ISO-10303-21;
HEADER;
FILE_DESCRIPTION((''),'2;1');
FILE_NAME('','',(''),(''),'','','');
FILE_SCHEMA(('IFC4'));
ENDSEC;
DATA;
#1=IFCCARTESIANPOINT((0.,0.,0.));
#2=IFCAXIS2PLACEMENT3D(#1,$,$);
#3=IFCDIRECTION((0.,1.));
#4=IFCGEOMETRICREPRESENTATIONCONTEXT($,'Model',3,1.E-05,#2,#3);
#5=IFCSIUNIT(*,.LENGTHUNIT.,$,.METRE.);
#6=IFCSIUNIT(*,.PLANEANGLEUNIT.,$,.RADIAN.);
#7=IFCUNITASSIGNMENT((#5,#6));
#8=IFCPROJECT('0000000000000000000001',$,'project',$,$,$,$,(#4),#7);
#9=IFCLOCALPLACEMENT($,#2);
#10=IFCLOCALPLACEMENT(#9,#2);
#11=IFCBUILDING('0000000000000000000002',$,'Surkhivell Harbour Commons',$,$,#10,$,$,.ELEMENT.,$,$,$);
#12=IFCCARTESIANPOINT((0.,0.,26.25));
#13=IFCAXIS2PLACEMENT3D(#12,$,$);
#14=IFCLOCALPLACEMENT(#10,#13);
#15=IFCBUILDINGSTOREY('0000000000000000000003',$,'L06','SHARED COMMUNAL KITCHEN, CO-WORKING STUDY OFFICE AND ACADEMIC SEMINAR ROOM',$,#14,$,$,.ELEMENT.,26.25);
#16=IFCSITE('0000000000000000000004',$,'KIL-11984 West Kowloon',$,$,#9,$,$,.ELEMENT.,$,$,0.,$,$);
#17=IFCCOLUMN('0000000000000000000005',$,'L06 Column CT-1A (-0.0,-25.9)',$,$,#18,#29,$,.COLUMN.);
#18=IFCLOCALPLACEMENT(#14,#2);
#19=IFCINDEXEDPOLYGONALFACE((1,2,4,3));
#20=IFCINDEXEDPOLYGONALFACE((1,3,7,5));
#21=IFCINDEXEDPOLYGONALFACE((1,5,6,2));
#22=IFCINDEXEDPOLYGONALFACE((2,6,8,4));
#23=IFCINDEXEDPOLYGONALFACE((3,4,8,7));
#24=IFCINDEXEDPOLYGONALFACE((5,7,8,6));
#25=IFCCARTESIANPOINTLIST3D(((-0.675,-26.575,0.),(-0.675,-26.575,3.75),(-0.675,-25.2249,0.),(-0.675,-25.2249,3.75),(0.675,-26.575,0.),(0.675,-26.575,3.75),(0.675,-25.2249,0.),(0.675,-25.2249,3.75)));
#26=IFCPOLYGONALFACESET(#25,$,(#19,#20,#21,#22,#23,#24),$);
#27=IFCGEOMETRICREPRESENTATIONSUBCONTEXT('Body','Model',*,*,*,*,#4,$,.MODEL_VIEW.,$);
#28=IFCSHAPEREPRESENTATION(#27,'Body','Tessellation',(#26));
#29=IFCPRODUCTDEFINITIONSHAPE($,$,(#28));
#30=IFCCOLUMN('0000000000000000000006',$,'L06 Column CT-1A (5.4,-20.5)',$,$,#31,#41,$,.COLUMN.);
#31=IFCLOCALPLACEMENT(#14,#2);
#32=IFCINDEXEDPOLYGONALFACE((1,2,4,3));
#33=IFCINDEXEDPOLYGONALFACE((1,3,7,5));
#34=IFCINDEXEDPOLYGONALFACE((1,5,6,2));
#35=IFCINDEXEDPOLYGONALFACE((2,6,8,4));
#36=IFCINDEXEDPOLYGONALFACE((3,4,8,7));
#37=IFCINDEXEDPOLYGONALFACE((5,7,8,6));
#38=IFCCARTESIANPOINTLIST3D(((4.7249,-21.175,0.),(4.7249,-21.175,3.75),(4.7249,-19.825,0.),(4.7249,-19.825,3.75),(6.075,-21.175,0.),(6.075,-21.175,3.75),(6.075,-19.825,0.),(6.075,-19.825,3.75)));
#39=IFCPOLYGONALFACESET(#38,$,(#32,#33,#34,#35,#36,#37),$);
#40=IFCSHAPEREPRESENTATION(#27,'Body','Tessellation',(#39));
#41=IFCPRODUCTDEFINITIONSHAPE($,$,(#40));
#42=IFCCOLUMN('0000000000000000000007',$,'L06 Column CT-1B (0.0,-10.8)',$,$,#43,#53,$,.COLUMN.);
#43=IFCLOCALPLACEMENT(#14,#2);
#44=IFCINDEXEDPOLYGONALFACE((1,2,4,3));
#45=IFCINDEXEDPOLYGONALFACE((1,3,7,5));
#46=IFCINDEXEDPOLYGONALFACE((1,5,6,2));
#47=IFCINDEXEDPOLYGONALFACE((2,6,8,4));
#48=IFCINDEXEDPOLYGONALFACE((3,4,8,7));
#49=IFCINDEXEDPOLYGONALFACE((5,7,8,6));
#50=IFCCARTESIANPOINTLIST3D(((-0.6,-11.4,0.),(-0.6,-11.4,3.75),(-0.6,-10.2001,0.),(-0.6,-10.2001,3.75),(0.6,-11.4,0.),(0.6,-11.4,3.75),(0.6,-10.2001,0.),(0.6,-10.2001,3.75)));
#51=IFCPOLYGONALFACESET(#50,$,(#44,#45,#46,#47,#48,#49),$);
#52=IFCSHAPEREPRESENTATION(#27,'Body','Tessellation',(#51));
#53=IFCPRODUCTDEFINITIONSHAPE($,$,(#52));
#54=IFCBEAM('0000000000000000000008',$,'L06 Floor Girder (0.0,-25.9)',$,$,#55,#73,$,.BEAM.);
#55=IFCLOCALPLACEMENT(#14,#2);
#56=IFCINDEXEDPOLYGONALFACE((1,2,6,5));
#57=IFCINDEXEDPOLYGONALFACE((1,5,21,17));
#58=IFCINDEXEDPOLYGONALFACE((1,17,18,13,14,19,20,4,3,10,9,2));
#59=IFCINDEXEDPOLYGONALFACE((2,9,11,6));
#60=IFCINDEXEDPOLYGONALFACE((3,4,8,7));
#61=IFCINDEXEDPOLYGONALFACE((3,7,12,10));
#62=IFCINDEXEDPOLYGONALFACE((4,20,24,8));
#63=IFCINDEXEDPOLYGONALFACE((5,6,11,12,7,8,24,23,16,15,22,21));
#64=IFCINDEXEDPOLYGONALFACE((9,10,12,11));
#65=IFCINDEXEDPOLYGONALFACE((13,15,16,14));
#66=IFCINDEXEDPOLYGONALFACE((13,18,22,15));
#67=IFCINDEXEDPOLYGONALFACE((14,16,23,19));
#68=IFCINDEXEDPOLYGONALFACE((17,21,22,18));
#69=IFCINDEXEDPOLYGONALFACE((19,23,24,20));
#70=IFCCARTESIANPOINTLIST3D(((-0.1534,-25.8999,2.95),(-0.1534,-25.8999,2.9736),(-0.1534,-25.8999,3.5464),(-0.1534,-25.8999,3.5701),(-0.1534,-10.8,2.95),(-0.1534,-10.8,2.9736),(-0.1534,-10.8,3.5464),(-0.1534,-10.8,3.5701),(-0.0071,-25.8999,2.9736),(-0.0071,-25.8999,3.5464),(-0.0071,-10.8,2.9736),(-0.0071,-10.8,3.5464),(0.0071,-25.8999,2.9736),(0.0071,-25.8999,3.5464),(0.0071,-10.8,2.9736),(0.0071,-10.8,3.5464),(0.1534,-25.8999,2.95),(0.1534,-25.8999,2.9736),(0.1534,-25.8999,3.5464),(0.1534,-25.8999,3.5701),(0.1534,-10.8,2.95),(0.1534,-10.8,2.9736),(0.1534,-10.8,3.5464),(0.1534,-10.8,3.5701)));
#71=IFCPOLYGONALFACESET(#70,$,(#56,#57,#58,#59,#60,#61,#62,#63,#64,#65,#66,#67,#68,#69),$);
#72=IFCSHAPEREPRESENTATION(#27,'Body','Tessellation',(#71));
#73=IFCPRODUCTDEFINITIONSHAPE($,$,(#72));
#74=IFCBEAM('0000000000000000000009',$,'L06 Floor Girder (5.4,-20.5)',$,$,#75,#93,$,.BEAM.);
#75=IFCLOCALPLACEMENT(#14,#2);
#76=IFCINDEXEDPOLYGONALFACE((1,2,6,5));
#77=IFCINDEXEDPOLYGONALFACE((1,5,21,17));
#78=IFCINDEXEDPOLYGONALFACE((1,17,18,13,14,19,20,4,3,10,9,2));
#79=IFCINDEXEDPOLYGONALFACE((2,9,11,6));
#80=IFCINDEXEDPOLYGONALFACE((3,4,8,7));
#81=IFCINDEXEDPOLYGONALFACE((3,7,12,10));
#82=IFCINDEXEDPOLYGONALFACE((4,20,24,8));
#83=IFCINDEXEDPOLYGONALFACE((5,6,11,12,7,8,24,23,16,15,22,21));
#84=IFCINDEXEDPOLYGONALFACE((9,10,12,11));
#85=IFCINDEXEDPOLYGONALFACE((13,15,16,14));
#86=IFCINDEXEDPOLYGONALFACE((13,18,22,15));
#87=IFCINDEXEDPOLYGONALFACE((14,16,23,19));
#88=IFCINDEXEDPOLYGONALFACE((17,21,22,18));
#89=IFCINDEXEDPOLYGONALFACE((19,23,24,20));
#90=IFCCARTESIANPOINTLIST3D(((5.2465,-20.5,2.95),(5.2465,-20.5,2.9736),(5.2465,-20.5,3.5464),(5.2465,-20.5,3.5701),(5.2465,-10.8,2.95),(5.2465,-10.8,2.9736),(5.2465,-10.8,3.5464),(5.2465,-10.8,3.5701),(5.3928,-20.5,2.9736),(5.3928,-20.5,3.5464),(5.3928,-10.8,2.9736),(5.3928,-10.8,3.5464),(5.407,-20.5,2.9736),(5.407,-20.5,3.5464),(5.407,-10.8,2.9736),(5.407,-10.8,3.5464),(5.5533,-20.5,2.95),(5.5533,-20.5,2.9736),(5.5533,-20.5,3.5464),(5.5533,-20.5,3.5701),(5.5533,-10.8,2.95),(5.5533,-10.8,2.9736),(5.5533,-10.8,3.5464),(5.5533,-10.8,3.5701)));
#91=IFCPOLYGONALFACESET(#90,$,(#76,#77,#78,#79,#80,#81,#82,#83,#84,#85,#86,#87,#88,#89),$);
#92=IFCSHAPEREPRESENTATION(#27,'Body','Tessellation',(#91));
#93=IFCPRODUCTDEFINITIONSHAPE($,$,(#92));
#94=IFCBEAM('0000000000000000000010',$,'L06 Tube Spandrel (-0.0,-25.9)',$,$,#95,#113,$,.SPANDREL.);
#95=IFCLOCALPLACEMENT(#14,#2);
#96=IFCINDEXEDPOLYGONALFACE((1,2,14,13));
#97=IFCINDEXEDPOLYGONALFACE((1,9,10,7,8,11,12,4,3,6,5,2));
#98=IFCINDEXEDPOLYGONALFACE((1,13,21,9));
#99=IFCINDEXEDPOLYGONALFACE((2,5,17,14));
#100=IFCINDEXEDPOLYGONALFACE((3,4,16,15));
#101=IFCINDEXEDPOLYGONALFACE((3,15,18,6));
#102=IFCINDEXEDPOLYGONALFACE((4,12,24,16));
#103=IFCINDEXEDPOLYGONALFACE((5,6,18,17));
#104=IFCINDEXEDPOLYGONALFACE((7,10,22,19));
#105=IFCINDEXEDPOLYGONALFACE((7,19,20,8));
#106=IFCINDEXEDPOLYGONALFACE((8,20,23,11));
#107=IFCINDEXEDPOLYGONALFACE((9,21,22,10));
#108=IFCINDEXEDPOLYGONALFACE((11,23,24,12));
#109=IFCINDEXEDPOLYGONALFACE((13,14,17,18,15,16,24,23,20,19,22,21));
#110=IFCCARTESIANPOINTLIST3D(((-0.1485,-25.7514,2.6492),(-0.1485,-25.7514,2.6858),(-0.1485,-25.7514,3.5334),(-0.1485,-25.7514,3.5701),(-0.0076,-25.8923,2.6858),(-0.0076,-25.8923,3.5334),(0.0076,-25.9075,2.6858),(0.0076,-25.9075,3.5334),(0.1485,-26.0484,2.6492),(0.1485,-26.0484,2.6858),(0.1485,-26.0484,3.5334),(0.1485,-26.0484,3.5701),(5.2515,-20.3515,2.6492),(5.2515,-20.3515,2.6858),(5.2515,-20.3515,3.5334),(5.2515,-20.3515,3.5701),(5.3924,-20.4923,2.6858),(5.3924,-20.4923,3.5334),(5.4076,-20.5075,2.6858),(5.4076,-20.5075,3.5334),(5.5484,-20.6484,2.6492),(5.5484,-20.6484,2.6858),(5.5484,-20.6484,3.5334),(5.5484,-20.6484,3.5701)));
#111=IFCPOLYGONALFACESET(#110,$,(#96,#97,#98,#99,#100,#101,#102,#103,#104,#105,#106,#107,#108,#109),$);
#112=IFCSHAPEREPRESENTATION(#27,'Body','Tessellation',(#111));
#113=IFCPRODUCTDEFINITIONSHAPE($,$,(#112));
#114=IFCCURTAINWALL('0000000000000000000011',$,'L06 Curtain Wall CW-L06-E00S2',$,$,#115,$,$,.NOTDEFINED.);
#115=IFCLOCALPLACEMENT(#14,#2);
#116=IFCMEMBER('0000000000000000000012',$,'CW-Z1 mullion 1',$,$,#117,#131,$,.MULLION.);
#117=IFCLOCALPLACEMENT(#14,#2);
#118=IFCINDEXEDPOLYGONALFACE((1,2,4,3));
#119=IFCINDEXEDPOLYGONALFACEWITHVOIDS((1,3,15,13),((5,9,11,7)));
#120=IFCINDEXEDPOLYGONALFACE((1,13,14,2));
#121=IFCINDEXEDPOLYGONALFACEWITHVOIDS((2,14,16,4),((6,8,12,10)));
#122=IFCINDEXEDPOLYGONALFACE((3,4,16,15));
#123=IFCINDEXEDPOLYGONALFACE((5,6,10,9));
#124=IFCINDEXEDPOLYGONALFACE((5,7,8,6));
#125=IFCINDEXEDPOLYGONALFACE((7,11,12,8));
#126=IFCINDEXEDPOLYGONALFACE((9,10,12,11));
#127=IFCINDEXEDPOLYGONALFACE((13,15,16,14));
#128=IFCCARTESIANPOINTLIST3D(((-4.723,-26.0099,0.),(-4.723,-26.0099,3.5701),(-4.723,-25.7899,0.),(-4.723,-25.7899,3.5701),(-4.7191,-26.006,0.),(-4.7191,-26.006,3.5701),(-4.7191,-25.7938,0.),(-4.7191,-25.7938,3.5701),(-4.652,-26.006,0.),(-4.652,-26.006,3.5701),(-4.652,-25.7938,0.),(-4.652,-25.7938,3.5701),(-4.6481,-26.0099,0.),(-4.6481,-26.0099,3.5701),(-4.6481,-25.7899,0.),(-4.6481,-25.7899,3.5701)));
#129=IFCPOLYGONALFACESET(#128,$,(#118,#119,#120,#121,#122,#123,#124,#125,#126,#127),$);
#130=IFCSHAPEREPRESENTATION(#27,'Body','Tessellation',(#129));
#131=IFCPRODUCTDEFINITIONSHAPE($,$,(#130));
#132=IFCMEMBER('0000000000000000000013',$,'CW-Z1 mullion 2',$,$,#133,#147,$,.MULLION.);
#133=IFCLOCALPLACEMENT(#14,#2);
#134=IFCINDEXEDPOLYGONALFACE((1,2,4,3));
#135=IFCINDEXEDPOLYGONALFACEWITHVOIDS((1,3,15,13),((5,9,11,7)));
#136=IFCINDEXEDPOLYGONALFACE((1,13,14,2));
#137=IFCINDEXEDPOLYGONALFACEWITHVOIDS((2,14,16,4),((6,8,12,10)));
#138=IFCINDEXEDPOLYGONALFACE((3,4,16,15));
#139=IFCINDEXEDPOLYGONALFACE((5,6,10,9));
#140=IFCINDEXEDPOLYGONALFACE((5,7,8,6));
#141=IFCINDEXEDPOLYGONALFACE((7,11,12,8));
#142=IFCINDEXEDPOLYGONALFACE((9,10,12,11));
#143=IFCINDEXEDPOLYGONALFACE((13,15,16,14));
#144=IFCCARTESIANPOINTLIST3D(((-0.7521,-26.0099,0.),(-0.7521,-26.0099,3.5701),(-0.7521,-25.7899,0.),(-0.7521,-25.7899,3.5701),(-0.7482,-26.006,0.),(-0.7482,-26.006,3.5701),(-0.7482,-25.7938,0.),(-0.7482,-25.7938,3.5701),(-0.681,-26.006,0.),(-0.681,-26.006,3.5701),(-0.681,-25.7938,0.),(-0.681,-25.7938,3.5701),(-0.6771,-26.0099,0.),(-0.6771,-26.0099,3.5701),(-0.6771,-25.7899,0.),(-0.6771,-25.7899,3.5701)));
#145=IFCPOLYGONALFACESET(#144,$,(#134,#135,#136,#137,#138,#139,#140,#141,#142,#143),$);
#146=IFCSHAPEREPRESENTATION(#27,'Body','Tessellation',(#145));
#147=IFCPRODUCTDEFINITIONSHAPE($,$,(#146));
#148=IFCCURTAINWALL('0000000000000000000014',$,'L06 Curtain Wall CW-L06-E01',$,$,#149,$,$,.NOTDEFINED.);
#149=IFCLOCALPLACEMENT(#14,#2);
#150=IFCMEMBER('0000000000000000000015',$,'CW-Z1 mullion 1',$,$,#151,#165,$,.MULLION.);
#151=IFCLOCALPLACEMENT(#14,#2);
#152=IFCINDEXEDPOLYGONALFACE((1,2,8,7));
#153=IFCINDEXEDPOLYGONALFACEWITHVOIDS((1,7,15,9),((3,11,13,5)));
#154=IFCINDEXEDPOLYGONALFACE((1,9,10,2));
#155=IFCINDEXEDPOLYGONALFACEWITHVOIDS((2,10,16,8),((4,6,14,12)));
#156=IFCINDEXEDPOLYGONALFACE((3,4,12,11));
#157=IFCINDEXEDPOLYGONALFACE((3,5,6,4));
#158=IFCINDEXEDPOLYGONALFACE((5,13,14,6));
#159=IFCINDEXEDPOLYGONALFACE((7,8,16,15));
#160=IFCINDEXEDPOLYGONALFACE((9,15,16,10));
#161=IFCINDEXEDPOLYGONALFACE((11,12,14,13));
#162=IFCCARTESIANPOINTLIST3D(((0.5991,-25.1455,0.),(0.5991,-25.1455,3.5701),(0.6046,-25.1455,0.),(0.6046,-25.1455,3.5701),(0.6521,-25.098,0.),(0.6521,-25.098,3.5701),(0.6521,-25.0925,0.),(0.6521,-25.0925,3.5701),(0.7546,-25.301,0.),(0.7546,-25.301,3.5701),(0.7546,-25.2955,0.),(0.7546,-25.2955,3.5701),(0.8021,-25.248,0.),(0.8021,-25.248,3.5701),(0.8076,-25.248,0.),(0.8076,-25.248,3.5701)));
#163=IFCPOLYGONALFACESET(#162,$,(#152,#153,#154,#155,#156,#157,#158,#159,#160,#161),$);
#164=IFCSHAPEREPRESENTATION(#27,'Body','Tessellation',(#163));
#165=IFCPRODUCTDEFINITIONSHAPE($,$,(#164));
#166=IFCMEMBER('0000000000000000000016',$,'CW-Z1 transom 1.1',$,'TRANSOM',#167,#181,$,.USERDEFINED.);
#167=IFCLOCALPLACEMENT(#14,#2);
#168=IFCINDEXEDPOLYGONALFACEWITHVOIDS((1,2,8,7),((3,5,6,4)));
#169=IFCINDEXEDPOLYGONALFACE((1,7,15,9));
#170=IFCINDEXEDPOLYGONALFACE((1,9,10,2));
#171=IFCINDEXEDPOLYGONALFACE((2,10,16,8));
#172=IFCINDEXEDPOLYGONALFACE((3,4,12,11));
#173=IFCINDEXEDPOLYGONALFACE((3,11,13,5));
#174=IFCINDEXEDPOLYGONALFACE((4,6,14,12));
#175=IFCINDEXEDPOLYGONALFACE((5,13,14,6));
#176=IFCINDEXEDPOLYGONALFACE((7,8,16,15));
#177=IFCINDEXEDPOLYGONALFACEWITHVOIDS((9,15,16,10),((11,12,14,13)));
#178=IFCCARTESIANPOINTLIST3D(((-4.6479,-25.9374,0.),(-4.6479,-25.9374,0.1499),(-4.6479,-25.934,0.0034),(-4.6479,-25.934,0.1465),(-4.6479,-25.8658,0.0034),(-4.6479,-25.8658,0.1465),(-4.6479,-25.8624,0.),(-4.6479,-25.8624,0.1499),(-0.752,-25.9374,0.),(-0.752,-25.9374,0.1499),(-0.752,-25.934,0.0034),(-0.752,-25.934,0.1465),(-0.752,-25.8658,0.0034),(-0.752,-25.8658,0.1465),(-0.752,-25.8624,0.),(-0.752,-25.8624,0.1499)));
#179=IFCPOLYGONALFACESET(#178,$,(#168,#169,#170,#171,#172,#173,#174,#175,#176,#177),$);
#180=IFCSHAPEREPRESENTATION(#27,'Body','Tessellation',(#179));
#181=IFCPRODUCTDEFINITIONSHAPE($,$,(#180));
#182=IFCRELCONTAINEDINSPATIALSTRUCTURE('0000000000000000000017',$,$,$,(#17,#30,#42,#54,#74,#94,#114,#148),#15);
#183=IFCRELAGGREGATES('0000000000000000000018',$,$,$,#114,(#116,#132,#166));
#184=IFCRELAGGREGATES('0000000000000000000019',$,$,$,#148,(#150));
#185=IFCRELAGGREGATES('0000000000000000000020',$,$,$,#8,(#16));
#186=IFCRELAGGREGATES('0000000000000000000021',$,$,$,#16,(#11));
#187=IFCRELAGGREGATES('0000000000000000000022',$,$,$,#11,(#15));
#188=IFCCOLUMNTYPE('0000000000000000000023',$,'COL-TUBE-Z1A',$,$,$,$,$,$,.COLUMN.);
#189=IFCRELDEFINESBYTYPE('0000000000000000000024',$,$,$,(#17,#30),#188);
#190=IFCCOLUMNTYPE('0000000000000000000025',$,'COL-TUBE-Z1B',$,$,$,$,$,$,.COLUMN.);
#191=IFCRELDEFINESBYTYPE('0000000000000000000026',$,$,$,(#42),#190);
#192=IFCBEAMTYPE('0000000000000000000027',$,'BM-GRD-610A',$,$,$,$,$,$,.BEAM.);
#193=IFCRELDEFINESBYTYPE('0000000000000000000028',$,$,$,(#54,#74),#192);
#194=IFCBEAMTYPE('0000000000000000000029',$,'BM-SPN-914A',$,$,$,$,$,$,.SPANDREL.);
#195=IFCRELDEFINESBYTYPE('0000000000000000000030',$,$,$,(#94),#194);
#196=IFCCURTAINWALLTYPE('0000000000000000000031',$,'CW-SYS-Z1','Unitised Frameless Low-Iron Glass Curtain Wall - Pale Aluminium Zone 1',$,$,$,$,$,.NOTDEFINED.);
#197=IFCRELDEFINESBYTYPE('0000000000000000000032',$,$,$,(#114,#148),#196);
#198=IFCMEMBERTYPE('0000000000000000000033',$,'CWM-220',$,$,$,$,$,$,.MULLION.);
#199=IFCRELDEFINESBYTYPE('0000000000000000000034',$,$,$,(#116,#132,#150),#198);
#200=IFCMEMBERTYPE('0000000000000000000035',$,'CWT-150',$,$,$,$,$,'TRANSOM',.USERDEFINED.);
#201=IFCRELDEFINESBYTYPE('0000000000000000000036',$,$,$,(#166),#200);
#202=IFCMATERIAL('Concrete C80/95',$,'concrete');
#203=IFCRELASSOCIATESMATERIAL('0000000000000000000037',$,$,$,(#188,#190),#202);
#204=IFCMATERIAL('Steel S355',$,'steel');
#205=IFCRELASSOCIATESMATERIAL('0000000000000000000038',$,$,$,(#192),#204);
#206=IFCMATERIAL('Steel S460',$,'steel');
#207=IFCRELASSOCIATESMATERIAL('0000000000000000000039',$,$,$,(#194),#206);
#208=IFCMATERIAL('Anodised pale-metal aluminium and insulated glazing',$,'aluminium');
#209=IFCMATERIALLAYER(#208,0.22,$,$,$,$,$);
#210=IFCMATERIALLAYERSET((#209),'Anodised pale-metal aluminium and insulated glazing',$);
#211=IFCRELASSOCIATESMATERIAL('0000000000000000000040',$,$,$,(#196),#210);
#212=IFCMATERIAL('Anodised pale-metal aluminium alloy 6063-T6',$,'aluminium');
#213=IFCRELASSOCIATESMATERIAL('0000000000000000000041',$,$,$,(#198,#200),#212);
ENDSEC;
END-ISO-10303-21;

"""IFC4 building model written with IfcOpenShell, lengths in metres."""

from ifc_helpers import new_model, si_unit, direction, frame, origin, origin_2d, place, context, subcontext, project, spatial, rectangle, hollow_rectangle, i_section, extrude, material, layer, layer_set, material_profile, profile_set, type_object, element, aggregate, save


model = new_model("IFC4")

# Units and contexts
model_context = context("Model", 3, precision=1e-05, world=origin(), true_north=direction((0.0, 1.0)))
body_context = subcontext(model_context, "Body", "Model", "MODEL_VIEW")
ifc_project = project(units=[si_unit("LENGTHUNIT", "METRE"), si_unit("PLANEANGLEUNIT", "RADIAN")], contexts=[model_context])

# Site, building, storey
site_placement = place(None, origin())
site = spatial("IfcSite", under=ifc_project, at=site_placement, Name="KIL-11984 West Kowloon", CompositionType="ELEMENT", RefElevation=0.0)
building_placement = place(site_placement, origin())
building = spatial("IfcBuilding", under=site, at=building_placement, Name="Surkhivell Harbour Commons", CompositionType="ELEMENT")
storey_placement = place(building_placement, frame((0.0, 0.0, 26.25)))
storey = spatial("IfcBuildingStorey", under=building, at=storey_placement, Name="L06", Description="SHARED COMMUNAL KITCHEN, CO-WORKING STUDY OFFICE AND ACADEMIC SEMINAR ROOM", CompositionType="ELEMENT", Elevation=26.25)

# Columns
ifc_material_1 = material(Name="Concrete C80/95", Category="concrete")
ifc_material_profile_1 = material_profile(ifc_material_1, rectangle(XDim=1.3501, YDim=1.3501, at=origin_2d()), Name="RC-COL-1350x1350")
ifc_profile_set_1 = profile_set([ifc_material_profile_1], Name="Concrete C80/95")
column_type_1 = type_object("IfcColumnType", Name="COL-TUBE-Z1A", PredefinedType="COLUMN", material=ifc_profile_set_1)
for number, where, z_axis, x_axis, name in (
    (1, (0.0, -25.8999, 0.0), (0.0, 0.0, 1.0), (1.0, 0.0, 0.0), "L06 Column CT-1A (-0.0,-25.9)"),
    (2, (5.3999, -20.5, 0.0), (0.0, 0.0, 1.0), (1.0, 0.0, 0.0), "L06 Column CT-1A (5.4,-20.5)"),
):
    element("IfcColumn", number, at=place(storey_placement, frame(where, z_axis=z_axis, x_axis=x_axis)), inside=storey, type_object=column_type_1, Name=name, PredefinedType="COLUMN", context=body_context, shape_type="SweptSolid", body=[
        extrude(rectangle(XDim=1.3501, YDim=1.3501, at=origin_2d()), origin(), (0.0, 0.0, 1.0), 3.75),
    ])
ifc_material_profile_2 = material_profile(ifc_material_1, rectangle(XDim=1.2, YDim=1.2, at=origin_2d()), Name="RC-COL-1200x1200")
ifc_profile_set_2 = profile_set([ifc_material_profile_2], Name="Concrete C80/95")
column_type_2 = type_object("IfcColumnType", Name="COL-TUBE-Z1B", PredefinedType="COLUMN", material=ifc_profile_set_2)
column_placement = place(storey_placement, frame((0.0, -10.8, 0.0), z_axis=(0.0, 0.0, 1.0), x_axis=(1.0, 0.0, 0.0)))
element("IfcColumn", 3, at=column_placement, inside=storey, type_object=column_type_2, Name="L06 Column CT-1B (0.0,-10.8)", PredefinedType="COLUMN", context=body_context, shape_type="SweptSolid", body=[
    extrude(rectangle(XDim=1.2, YDim=1.2, at=origin_2d()), origin(), (0.0, 0.0, 1.0), 3.75),
])

# Beams
ifc_material_2 = material(Name="Steel S355", Category="steel")
ifc_material_profile_3 = material_profile(ifc_material_2, i_section(OverallWidth=0.3069, OverallDepth=0.6201, WebThickness=0.0142, FlangeThickness=0.0237, at=origin_2d()), Name="UB610x305x179")
ifc_profile_set_3 = profile_set([ifc_material_profile_3], Name="Steel S355")
beam_type_1 = type_object("IfcBeamType", Name="BM-GRD-610A", PredefinedType="BEAM", material=ifc_profile_set_3)
beam_1_placement = place(storey_placement, frame((0.0, -25.8999, 3.26), z_axis=(0.0, 1.0, 0.0), x_axis=(-1.0, 0.0, 0.0)))
element("IfcBeam", 4, at=beam_1_placement, inside=storey, type_object=beam_type_1, Name="L06 Floor Girder (0.0,-25.9)", PredefinedType="BEAM", context=body_context, shape_type="SweptSolid", body=[
    extrude(i_section(OverallWidth=0.3069, OverallDepth=0.6201, WebThickness=0.0142, FlangeThickness=0.0237, at=origin_2d()), origin(), (0.0, 0.0, 1.0), 15.0999),
])
beam_2_placement = place(storey_placement, frame((5.3999, -20.5, 3.26), z_axis=(0.0, 1.0, 0.0), x_axis=(-1.0, 0.0, 0.0)))
element("IfcBeam", 5, at=beam_2_placement, inside=storey, type_object=beam_type_1, Name="L06 Floor Girder (5.4,-20.5)", PredefinedType="BEAM", context=body_context, shape_type="SweptSolid", body=[
    extrude(i_section(OverallWidth=0.3069, OverallDepth=0.6201, WebThickness=0.0142, FlangeThickness=0.0237, at=origin_2d()), origin(), (0.0, 0.0, 1.0), 9.7),
])
ifc_material_3 = material(Name="Steel S460", Category="steel")
ifc_material_profile_4 = material_profile(ifc_material_3, i_section(OverallWidth=0.4199, OverallDepth=0.9209, WebThickness=0.0215, FlangeThickness=0.0366, at=origin_2d()), Name="UB914x419x388")
ifc_profile_set_4 = profile_set([ifc_material_profile_4], Name="Steel S460")
beam_type_2 = type_object("IfcBeamType", Name="BM-SPN-914A", PredefinedType="SPANDREL", material=ifc_profile_set_4)
beam_3_placement = place(storey_placement, frame((0.0, -25.8999, 3.1096), z_axis=(0.707107, 0.707107, 0.0), x_axis=(-0.707107, 0.707107, 0.0)))
element("IfcBeam", 6, at=beam_3_placement, inside=storey, type_object=beam_type_2, Name="L06 Tube Spandrel (-0.0,-25.9)", PredefinedType="SPANDREL", context=body_context, shape_type="SweptSolid", body=[
    extrude(i_section(OverallWidth=0.4199, OverallDepth=0.9209, WebThickness=0.0215, FlangeThickness=0.0366, at=origin_2d()), origin(), (0.0, 0.0, 1.0), 7.6367),
])

# Curtain wall, members
ifc_material_4 = material(Name="Anodised pale-metal aluminium and insulated glazing", Category="aluminium")
ifc_layer_1 = layer(ifc_material_4, 0.22)
ifc_layer_set_1 = layer_set([ifc_layer_1], Name="Anodised pale-metal aluminium and insulated glazing")
curtain_wall_type = type_object("IfcCurtainWallType", Name="CW-SYS-Z1", Description="Unitised Frameless Low-Iron Glass Curtain Wall - Pale Aluminium Zone 1", PredefinedType="NOTDEFINED", material=ifc_layer_set_1)
curtain_wall_1_placement = place(storey_placement, origin())
curtain_wall_1 = element("IfcCurtainWall", 7, at=curtain_wall_1_placement, inside=storey, type_object=curtain_wall_type, Name="L06 Curtain Wall CW-L06-E00S2", PredefinedType="NOTDEFINED")
ifc_material_5 = material(Name="Anodised pale-metal aluminium alloy 6063-T6", Category="aluminium")
ifc_material_profile_5 = material_profile(ifc_material_5, hollow_rectangle(XDim=0.075, YDim=0.22, WallThickness=0.0039, at=origin_2d()), Name="ALU-MULL-75x220")
ifc_profile_set_5 = profile_set([ifc_material_profile_5], Name="Anodised pale-metal aluminium alloy 6063-T6")
member_type_1 = type_object("IfcMemberType", Name="CWM-220", PredefinedType="MULLION", material=ifc_profile_set_5)
member_1_placement = place(storey_placement, frame((-4.6855, -25.8999, 0.0), z_axis=(0.0, 0.0, 1.0), x_axis=(1.0, 0.0, 0.0)))
member_1 = element("IfcMember", 8, at=member_1_placement, type_object=member_type_1, Name="CW-Z1 mullion 1", PredefinedType="MULLION", context=body_context, shape_type="SweptSolid", body=[
    extrude(hollow_rectangle(XDim=0.075, YDim=0.22, WallThickness=0.0039, at=origin_2d()), origin(), (0.0, 0.0, 1.0), 3.5701),
])
member_2_placement = place(storey_placement, frame((-0.7146, -25.8999, 0.0), z_axis=(0.0, 0.0, 1.0), x_axis=(1.0, 0.0, 0.0)))
member_2 = element("IfcMember", 9, at=member_2_placement, type_object=member_type_1, Name="CW-Z1 mullion 2", PredefinedType="MULLION", context=body_context, shape_type="SweptSolid", body=[
    extrude(hollow_rectangle(XDim=0.075, YDim=0.22, WallThickness=0.0039, at=origin_2d()), origin(), (0.0, 0.0, 1.0), 3.5701),
])

# Curtain wall, member
curtain_wall_2_placement = place(storey_placement, origin())
curtain_wall_2 = element("IfcCurtainWall", 10, at=curtain_wall_2_placement, inside=storey, type_object=curtain_wall_type, Name="L06 Curtain Wall CW-L06-E01", PredefinedType="NOTDEFINED")
member_3_placement = place(storey_placement, frame((0.7034, -25.1968, 0.0), z_axis=(0.0, 0.0, 1.0), x_axis=(0.707107, 0.707107, 0.0)))
member_3 = element("IfcMember", 11, at=member_3_placement, type_object=member_type_1, Name="CW-Z1 mullion 1", PredefinedType="MULLION", context=body_context, shape_type="SweptSolid", body=[
    extrude(hollow_rectangle(XDim=0.075, YDim=0.22, WallThickness=0.0039, at=origin_2d()), origin(), (0.0, 0.0, 1.0), 3.5701),
])

# Member
ifc_material_profile_6 = material_profile(ifc_material_5, hollow_rectangle(XDim=0.075, YDim=0.1499, WallThickness=0.0034, at=origin_2d()), Name="ALU-TRAN-75x150")
ifc_profile_set_6 = profile_set([ifc_material_profile_6], Name="Anodised pale-metal aluminium alloy 6063-T6")
member_type_2 = type_object("IfcMemberType", Name="CWT-150", ElementType="TRANSOM", PredefinedType="USERDEFINED", material=ifc_profile_set_6)
member_4_placement = place(storey_placement, frame((-4.6479, -25.8999, 0.075), z_axis=(1.0, 0.0, 0.0), x_axis=(0.0, 1.0, 0.0)))
member_4 = element("IfcMember", 12, at=member_4_placement, type_object=member_type_2, Name="CW-Z1 transom 1.1", ObjectType="TRANSOM", PredefinedType="USERDEFINED", context=body_context, shape_type="SweptSolid", body=[
    extrude(hollow_rectangle(XDim=0.075, YDim=0.1499, WallThickness=0.0034, at=origin_2d()), origin(), (0.0, 0.0, 1.0), 3.896),
])

aggregate(curtain_wall_1, [member_1, member_2, member_4])
aggregate(curtain_wall_2, [member_3])

save(model, "model.ifc")
